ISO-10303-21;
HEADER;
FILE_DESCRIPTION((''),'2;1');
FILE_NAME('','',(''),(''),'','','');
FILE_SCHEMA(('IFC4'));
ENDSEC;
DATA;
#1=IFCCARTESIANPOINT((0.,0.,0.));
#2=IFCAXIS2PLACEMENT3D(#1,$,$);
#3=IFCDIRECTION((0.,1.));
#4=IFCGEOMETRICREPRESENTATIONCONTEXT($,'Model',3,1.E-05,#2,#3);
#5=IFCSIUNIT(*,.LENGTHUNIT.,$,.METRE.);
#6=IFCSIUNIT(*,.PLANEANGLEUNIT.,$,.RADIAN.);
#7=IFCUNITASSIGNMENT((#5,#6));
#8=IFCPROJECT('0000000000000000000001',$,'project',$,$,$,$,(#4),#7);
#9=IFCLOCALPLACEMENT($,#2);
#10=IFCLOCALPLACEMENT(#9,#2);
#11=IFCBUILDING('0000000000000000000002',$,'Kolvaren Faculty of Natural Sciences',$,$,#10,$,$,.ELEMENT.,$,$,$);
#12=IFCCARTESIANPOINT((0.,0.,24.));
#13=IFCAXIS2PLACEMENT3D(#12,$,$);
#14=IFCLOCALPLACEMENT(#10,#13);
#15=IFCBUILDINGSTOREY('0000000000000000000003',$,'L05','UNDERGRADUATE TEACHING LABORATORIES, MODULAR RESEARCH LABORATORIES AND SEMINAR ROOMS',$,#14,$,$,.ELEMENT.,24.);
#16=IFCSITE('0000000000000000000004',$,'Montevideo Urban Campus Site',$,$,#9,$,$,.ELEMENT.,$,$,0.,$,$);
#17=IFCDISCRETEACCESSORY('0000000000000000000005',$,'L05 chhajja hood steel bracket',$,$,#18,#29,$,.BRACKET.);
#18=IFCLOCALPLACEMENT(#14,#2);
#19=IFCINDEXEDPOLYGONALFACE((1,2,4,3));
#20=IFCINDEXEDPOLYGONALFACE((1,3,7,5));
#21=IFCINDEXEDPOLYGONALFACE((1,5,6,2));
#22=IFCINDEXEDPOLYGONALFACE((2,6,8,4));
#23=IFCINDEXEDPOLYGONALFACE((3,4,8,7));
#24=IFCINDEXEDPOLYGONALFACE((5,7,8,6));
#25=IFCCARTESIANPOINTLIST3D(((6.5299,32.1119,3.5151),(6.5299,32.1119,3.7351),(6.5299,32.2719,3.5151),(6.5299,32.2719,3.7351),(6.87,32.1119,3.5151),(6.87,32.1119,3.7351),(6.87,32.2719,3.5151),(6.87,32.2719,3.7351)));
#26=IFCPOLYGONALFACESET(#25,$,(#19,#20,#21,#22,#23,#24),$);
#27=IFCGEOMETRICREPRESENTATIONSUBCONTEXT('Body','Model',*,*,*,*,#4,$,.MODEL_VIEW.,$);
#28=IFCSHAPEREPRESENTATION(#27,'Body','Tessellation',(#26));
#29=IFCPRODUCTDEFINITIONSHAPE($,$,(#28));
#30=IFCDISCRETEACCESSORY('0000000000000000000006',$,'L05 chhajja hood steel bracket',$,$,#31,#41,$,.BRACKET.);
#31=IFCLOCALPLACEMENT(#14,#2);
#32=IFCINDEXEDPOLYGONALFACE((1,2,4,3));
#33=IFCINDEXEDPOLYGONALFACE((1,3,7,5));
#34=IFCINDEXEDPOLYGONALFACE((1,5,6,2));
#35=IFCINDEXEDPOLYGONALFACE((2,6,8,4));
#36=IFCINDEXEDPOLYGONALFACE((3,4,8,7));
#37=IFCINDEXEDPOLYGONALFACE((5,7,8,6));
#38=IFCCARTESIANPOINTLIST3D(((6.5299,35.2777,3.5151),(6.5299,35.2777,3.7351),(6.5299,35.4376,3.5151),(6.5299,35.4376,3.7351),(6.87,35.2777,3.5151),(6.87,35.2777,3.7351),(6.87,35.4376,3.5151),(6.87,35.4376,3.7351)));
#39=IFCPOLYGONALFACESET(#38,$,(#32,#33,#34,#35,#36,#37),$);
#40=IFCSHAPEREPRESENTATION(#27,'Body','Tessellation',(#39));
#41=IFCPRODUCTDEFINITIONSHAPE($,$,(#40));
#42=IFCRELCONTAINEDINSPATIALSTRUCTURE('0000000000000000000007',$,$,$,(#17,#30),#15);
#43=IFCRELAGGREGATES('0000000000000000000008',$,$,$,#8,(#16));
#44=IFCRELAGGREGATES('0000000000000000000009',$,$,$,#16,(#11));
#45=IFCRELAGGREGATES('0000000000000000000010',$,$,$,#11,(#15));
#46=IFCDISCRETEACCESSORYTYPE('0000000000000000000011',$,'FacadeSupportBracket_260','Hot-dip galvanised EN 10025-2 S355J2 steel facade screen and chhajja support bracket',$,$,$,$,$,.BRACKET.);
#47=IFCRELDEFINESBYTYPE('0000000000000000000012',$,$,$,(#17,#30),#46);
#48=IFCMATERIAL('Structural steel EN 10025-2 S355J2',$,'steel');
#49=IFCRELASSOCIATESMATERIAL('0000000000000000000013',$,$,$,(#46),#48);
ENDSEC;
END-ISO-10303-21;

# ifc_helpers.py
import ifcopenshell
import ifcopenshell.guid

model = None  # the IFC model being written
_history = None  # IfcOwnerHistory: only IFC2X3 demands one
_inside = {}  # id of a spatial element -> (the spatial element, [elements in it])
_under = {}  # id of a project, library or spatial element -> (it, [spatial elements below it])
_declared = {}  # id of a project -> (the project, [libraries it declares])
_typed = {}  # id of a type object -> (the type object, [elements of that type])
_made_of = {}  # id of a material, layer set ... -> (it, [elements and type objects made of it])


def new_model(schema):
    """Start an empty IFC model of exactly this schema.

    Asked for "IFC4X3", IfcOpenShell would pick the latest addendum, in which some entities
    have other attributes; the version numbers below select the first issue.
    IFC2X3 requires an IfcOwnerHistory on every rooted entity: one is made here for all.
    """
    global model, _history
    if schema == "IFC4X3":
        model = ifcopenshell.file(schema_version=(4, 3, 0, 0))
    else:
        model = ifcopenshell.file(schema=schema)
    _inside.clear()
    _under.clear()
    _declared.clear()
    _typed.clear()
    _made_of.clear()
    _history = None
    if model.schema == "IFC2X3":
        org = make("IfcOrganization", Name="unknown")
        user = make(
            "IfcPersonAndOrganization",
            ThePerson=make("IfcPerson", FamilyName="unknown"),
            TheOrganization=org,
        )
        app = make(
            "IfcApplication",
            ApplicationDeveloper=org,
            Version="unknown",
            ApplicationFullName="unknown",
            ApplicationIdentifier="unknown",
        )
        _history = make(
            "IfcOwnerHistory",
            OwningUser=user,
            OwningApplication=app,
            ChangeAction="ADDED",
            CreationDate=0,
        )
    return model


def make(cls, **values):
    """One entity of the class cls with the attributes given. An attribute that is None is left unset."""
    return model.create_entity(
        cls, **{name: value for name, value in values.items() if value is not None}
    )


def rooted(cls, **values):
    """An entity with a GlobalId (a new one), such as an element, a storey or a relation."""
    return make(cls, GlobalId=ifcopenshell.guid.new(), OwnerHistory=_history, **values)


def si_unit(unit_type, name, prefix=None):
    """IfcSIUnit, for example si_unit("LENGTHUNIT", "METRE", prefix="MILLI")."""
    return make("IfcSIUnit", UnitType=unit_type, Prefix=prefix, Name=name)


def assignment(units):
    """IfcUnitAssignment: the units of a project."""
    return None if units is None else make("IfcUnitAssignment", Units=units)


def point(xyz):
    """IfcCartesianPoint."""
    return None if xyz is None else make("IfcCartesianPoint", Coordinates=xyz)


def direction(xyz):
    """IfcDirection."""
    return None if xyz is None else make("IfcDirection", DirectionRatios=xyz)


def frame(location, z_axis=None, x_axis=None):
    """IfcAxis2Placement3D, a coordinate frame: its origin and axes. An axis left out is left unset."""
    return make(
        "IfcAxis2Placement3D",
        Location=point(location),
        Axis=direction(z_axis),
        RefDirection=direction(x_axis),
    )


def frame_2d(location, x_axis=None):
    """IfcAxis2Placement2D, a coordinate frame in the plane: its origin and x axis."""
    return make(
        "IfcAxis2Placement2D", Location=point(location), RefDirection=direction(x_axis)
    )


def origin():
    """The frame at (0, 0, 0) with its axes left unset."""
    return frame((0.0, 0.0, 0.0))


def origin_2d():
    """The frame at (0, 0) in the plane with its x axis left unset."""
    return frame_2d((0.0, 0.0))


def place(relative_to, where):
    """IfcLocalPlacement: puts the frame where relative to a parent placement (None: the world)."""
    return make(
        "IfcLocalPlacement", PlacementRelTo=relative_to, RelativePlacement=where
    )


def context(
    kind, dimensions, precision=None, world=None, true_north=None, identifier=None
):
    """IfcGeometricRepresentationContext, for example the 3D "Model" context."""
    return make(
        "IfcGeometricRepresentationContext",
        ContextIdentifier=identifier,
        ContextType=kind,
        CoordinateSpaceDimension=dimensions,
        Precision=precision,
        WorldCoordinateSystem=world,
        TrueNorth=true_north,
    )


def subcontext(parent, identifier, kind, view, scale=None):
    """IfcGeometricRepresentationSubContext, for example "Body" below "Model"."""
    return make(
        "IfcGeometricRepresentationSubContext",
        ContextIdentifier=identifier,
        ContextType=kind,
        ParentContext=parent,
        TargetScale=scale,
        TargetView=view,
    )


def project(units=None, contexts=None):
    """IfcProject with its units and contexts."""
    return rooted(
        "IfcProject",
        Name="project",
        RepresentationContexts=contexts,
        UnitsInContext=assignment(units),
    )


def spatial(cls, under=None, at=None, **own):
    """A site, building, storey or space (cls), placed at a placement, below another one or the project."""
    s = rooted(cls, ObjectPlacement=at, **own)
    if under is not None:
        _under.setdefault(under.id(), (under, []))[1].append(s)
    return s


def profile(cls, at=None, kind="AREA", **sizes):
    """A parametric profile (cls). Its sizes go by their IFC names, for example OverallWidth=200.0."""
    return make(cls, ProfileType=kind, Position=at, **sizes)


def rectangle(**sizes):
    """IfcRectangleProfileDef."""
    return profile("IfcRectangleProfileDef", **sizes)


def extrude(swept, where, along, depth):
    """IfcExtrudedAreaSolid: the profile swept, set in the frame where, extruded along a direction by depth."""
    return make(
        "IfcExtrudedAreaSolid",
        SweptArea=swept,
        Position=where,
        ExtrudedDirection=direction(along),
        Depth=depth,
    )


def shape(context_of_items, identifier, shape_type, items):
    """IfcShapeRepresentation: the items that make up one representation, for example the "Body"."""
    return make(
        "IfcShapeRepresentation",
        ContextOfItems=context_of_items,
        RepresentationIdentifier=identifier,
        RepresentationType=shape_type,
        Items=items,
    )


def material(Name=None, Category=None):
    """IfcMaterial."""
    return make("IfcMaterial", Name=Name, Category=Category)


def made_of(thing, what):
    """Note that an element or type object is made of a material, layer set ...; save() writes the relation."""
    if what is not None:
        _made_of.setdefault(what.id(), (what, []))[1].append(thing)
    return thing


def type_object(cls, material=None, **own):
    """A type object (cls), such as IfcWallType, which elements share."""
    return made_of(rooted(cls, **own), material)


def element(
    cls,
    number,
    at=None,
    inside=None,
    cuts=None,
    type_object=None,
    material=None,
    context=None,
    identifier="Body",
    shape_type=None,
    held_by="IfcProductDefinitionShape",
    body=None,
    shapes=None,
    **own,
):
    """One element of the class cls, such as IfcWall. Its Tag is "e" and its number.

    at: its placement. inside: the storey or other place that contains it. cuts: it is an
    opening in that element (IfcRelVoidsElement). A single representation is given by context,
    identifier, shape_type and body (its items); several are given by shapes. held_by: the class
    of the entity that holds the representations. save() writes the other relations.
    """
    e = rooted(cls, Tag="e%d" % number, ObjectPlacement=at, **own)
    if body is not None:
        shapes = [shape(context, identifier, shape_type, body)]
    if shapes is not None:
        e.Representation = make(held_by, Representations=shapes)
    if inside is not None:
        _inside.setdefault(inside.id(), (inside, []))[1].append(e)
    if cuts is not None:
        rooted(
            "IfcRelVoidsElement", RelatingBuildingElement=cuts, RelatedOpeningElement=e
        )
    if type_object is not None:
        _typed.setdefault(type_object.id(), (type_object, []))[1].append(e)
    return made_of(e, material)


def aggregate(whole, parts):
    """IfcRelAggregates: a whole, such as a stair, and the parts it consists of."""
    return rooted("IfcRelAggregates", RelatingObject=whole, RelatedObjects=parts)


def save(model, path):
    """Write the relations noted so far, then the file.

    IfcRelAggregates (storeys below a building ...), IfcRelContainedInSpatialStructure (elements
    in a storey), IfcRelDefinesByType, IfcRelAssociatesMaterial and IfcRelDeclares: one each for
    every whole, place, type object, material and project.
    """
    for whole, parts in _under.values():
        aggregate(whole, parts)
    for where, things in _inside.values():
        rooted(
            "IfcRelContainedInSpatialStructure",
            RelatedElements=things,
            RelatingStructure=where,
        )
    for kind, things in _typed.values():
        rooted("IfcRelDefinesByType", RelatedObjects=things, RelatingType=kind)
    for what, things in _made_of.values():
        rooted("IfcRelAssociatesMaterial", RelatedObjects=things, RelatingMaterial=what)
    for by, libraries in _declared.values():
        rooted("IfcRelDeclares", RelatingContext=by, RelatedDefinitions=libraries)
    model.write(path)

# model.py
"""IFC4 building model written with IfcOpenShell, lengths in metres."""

from ifc_helpers import new_model, si_unit, direction, frame, origin, origin_2d, place, context, subcontext, project, spatial, rectangle, extrude, material, type_object, element, save


model = new_model("IFC4")

# Units and contexts
model_context = context("Model", 3, precision=1e-05, world=origin(), true_north=direction((0.0, 1.0)))
body_context = subcontext(model_context, "Body", "Model", "MODEL_VIEW")
ifc_project = project(units=[si_unit("LENGTHUNIT", "METRE"), si_unit("PLANEANGLEUNIT", "RADIAN")], contexts=[model_context])

# Site, building, storey
site_placement = place(None, origin())
site = spatial("IfcSite", under=ifc_project, at=site_placement, Name="Montevideo Urban Campus Site", CompositionType="ELEMENT", RefElevation=0.0)
building_placement = place(site_placement, origin())
building = spatial("IfcBuilding", under=site, at=building_placement, Name="Kolvaren Faculty of Natural Sciences", CompositionType="ELEMENT")
storey_placement = place(building_placement, frame((0.0, 0.0, 24.0)))
storey = spatial("IfcBuildingStorey", under=building, at=storey_placement, Name="L05", Description="UNDERGRADUATE TEACHING LABORATORIES, MODULAR RESEARCH LABORATORIES AND SEMINAR ROOMS", CompositionType="ELEMENT", Elevation=24.0)

# Discrete accessories
ifc_material_1 = material(Name="Structural steel EN 10025-2 S355J2", Category="steel")
discrete_accessory_type = type_object("IfcDiscreteAccessoryType", Name="FacadeSupportBracket_260", Description="Hot-dip galvanised EN 10025-2 S355J2 steel facade screen and chhajja support bracket", PredefinedType="BRACKET", material=ifc_material_1)
for number, where, z_axis, x_axis, name in (
    (1, (6.7, 32.1919, 3.5151), (0.0, 0.0, 1.0), (0.0, 1.0, 0.0), "L05 chhajja hood steel bracket"),
    (2, (6.7, 35.3577, 3.5151), (0.0, 0.0, 1.0), (0.0, 1.0, 0.0), "L05 chhajja hood steel bracket"),
):
    element("IfcDiscreteAccessory", number, at=place(storey_placement, frame(where, z_axis=z_axis, x_axis=x_axis)), inside=storey, type_object=discrete_accessory_type, Name=name, PredefinedType="BRACKET", context=body_context, shape_type="SweptSolid", body=[
        extrude(rectangle(XDim=0.1599, YDim=0.3401, at=origin_2d()), origin(), (0.0, 0.0, 1.0), 0.22),
    ])

save(model, "model.ifc")
